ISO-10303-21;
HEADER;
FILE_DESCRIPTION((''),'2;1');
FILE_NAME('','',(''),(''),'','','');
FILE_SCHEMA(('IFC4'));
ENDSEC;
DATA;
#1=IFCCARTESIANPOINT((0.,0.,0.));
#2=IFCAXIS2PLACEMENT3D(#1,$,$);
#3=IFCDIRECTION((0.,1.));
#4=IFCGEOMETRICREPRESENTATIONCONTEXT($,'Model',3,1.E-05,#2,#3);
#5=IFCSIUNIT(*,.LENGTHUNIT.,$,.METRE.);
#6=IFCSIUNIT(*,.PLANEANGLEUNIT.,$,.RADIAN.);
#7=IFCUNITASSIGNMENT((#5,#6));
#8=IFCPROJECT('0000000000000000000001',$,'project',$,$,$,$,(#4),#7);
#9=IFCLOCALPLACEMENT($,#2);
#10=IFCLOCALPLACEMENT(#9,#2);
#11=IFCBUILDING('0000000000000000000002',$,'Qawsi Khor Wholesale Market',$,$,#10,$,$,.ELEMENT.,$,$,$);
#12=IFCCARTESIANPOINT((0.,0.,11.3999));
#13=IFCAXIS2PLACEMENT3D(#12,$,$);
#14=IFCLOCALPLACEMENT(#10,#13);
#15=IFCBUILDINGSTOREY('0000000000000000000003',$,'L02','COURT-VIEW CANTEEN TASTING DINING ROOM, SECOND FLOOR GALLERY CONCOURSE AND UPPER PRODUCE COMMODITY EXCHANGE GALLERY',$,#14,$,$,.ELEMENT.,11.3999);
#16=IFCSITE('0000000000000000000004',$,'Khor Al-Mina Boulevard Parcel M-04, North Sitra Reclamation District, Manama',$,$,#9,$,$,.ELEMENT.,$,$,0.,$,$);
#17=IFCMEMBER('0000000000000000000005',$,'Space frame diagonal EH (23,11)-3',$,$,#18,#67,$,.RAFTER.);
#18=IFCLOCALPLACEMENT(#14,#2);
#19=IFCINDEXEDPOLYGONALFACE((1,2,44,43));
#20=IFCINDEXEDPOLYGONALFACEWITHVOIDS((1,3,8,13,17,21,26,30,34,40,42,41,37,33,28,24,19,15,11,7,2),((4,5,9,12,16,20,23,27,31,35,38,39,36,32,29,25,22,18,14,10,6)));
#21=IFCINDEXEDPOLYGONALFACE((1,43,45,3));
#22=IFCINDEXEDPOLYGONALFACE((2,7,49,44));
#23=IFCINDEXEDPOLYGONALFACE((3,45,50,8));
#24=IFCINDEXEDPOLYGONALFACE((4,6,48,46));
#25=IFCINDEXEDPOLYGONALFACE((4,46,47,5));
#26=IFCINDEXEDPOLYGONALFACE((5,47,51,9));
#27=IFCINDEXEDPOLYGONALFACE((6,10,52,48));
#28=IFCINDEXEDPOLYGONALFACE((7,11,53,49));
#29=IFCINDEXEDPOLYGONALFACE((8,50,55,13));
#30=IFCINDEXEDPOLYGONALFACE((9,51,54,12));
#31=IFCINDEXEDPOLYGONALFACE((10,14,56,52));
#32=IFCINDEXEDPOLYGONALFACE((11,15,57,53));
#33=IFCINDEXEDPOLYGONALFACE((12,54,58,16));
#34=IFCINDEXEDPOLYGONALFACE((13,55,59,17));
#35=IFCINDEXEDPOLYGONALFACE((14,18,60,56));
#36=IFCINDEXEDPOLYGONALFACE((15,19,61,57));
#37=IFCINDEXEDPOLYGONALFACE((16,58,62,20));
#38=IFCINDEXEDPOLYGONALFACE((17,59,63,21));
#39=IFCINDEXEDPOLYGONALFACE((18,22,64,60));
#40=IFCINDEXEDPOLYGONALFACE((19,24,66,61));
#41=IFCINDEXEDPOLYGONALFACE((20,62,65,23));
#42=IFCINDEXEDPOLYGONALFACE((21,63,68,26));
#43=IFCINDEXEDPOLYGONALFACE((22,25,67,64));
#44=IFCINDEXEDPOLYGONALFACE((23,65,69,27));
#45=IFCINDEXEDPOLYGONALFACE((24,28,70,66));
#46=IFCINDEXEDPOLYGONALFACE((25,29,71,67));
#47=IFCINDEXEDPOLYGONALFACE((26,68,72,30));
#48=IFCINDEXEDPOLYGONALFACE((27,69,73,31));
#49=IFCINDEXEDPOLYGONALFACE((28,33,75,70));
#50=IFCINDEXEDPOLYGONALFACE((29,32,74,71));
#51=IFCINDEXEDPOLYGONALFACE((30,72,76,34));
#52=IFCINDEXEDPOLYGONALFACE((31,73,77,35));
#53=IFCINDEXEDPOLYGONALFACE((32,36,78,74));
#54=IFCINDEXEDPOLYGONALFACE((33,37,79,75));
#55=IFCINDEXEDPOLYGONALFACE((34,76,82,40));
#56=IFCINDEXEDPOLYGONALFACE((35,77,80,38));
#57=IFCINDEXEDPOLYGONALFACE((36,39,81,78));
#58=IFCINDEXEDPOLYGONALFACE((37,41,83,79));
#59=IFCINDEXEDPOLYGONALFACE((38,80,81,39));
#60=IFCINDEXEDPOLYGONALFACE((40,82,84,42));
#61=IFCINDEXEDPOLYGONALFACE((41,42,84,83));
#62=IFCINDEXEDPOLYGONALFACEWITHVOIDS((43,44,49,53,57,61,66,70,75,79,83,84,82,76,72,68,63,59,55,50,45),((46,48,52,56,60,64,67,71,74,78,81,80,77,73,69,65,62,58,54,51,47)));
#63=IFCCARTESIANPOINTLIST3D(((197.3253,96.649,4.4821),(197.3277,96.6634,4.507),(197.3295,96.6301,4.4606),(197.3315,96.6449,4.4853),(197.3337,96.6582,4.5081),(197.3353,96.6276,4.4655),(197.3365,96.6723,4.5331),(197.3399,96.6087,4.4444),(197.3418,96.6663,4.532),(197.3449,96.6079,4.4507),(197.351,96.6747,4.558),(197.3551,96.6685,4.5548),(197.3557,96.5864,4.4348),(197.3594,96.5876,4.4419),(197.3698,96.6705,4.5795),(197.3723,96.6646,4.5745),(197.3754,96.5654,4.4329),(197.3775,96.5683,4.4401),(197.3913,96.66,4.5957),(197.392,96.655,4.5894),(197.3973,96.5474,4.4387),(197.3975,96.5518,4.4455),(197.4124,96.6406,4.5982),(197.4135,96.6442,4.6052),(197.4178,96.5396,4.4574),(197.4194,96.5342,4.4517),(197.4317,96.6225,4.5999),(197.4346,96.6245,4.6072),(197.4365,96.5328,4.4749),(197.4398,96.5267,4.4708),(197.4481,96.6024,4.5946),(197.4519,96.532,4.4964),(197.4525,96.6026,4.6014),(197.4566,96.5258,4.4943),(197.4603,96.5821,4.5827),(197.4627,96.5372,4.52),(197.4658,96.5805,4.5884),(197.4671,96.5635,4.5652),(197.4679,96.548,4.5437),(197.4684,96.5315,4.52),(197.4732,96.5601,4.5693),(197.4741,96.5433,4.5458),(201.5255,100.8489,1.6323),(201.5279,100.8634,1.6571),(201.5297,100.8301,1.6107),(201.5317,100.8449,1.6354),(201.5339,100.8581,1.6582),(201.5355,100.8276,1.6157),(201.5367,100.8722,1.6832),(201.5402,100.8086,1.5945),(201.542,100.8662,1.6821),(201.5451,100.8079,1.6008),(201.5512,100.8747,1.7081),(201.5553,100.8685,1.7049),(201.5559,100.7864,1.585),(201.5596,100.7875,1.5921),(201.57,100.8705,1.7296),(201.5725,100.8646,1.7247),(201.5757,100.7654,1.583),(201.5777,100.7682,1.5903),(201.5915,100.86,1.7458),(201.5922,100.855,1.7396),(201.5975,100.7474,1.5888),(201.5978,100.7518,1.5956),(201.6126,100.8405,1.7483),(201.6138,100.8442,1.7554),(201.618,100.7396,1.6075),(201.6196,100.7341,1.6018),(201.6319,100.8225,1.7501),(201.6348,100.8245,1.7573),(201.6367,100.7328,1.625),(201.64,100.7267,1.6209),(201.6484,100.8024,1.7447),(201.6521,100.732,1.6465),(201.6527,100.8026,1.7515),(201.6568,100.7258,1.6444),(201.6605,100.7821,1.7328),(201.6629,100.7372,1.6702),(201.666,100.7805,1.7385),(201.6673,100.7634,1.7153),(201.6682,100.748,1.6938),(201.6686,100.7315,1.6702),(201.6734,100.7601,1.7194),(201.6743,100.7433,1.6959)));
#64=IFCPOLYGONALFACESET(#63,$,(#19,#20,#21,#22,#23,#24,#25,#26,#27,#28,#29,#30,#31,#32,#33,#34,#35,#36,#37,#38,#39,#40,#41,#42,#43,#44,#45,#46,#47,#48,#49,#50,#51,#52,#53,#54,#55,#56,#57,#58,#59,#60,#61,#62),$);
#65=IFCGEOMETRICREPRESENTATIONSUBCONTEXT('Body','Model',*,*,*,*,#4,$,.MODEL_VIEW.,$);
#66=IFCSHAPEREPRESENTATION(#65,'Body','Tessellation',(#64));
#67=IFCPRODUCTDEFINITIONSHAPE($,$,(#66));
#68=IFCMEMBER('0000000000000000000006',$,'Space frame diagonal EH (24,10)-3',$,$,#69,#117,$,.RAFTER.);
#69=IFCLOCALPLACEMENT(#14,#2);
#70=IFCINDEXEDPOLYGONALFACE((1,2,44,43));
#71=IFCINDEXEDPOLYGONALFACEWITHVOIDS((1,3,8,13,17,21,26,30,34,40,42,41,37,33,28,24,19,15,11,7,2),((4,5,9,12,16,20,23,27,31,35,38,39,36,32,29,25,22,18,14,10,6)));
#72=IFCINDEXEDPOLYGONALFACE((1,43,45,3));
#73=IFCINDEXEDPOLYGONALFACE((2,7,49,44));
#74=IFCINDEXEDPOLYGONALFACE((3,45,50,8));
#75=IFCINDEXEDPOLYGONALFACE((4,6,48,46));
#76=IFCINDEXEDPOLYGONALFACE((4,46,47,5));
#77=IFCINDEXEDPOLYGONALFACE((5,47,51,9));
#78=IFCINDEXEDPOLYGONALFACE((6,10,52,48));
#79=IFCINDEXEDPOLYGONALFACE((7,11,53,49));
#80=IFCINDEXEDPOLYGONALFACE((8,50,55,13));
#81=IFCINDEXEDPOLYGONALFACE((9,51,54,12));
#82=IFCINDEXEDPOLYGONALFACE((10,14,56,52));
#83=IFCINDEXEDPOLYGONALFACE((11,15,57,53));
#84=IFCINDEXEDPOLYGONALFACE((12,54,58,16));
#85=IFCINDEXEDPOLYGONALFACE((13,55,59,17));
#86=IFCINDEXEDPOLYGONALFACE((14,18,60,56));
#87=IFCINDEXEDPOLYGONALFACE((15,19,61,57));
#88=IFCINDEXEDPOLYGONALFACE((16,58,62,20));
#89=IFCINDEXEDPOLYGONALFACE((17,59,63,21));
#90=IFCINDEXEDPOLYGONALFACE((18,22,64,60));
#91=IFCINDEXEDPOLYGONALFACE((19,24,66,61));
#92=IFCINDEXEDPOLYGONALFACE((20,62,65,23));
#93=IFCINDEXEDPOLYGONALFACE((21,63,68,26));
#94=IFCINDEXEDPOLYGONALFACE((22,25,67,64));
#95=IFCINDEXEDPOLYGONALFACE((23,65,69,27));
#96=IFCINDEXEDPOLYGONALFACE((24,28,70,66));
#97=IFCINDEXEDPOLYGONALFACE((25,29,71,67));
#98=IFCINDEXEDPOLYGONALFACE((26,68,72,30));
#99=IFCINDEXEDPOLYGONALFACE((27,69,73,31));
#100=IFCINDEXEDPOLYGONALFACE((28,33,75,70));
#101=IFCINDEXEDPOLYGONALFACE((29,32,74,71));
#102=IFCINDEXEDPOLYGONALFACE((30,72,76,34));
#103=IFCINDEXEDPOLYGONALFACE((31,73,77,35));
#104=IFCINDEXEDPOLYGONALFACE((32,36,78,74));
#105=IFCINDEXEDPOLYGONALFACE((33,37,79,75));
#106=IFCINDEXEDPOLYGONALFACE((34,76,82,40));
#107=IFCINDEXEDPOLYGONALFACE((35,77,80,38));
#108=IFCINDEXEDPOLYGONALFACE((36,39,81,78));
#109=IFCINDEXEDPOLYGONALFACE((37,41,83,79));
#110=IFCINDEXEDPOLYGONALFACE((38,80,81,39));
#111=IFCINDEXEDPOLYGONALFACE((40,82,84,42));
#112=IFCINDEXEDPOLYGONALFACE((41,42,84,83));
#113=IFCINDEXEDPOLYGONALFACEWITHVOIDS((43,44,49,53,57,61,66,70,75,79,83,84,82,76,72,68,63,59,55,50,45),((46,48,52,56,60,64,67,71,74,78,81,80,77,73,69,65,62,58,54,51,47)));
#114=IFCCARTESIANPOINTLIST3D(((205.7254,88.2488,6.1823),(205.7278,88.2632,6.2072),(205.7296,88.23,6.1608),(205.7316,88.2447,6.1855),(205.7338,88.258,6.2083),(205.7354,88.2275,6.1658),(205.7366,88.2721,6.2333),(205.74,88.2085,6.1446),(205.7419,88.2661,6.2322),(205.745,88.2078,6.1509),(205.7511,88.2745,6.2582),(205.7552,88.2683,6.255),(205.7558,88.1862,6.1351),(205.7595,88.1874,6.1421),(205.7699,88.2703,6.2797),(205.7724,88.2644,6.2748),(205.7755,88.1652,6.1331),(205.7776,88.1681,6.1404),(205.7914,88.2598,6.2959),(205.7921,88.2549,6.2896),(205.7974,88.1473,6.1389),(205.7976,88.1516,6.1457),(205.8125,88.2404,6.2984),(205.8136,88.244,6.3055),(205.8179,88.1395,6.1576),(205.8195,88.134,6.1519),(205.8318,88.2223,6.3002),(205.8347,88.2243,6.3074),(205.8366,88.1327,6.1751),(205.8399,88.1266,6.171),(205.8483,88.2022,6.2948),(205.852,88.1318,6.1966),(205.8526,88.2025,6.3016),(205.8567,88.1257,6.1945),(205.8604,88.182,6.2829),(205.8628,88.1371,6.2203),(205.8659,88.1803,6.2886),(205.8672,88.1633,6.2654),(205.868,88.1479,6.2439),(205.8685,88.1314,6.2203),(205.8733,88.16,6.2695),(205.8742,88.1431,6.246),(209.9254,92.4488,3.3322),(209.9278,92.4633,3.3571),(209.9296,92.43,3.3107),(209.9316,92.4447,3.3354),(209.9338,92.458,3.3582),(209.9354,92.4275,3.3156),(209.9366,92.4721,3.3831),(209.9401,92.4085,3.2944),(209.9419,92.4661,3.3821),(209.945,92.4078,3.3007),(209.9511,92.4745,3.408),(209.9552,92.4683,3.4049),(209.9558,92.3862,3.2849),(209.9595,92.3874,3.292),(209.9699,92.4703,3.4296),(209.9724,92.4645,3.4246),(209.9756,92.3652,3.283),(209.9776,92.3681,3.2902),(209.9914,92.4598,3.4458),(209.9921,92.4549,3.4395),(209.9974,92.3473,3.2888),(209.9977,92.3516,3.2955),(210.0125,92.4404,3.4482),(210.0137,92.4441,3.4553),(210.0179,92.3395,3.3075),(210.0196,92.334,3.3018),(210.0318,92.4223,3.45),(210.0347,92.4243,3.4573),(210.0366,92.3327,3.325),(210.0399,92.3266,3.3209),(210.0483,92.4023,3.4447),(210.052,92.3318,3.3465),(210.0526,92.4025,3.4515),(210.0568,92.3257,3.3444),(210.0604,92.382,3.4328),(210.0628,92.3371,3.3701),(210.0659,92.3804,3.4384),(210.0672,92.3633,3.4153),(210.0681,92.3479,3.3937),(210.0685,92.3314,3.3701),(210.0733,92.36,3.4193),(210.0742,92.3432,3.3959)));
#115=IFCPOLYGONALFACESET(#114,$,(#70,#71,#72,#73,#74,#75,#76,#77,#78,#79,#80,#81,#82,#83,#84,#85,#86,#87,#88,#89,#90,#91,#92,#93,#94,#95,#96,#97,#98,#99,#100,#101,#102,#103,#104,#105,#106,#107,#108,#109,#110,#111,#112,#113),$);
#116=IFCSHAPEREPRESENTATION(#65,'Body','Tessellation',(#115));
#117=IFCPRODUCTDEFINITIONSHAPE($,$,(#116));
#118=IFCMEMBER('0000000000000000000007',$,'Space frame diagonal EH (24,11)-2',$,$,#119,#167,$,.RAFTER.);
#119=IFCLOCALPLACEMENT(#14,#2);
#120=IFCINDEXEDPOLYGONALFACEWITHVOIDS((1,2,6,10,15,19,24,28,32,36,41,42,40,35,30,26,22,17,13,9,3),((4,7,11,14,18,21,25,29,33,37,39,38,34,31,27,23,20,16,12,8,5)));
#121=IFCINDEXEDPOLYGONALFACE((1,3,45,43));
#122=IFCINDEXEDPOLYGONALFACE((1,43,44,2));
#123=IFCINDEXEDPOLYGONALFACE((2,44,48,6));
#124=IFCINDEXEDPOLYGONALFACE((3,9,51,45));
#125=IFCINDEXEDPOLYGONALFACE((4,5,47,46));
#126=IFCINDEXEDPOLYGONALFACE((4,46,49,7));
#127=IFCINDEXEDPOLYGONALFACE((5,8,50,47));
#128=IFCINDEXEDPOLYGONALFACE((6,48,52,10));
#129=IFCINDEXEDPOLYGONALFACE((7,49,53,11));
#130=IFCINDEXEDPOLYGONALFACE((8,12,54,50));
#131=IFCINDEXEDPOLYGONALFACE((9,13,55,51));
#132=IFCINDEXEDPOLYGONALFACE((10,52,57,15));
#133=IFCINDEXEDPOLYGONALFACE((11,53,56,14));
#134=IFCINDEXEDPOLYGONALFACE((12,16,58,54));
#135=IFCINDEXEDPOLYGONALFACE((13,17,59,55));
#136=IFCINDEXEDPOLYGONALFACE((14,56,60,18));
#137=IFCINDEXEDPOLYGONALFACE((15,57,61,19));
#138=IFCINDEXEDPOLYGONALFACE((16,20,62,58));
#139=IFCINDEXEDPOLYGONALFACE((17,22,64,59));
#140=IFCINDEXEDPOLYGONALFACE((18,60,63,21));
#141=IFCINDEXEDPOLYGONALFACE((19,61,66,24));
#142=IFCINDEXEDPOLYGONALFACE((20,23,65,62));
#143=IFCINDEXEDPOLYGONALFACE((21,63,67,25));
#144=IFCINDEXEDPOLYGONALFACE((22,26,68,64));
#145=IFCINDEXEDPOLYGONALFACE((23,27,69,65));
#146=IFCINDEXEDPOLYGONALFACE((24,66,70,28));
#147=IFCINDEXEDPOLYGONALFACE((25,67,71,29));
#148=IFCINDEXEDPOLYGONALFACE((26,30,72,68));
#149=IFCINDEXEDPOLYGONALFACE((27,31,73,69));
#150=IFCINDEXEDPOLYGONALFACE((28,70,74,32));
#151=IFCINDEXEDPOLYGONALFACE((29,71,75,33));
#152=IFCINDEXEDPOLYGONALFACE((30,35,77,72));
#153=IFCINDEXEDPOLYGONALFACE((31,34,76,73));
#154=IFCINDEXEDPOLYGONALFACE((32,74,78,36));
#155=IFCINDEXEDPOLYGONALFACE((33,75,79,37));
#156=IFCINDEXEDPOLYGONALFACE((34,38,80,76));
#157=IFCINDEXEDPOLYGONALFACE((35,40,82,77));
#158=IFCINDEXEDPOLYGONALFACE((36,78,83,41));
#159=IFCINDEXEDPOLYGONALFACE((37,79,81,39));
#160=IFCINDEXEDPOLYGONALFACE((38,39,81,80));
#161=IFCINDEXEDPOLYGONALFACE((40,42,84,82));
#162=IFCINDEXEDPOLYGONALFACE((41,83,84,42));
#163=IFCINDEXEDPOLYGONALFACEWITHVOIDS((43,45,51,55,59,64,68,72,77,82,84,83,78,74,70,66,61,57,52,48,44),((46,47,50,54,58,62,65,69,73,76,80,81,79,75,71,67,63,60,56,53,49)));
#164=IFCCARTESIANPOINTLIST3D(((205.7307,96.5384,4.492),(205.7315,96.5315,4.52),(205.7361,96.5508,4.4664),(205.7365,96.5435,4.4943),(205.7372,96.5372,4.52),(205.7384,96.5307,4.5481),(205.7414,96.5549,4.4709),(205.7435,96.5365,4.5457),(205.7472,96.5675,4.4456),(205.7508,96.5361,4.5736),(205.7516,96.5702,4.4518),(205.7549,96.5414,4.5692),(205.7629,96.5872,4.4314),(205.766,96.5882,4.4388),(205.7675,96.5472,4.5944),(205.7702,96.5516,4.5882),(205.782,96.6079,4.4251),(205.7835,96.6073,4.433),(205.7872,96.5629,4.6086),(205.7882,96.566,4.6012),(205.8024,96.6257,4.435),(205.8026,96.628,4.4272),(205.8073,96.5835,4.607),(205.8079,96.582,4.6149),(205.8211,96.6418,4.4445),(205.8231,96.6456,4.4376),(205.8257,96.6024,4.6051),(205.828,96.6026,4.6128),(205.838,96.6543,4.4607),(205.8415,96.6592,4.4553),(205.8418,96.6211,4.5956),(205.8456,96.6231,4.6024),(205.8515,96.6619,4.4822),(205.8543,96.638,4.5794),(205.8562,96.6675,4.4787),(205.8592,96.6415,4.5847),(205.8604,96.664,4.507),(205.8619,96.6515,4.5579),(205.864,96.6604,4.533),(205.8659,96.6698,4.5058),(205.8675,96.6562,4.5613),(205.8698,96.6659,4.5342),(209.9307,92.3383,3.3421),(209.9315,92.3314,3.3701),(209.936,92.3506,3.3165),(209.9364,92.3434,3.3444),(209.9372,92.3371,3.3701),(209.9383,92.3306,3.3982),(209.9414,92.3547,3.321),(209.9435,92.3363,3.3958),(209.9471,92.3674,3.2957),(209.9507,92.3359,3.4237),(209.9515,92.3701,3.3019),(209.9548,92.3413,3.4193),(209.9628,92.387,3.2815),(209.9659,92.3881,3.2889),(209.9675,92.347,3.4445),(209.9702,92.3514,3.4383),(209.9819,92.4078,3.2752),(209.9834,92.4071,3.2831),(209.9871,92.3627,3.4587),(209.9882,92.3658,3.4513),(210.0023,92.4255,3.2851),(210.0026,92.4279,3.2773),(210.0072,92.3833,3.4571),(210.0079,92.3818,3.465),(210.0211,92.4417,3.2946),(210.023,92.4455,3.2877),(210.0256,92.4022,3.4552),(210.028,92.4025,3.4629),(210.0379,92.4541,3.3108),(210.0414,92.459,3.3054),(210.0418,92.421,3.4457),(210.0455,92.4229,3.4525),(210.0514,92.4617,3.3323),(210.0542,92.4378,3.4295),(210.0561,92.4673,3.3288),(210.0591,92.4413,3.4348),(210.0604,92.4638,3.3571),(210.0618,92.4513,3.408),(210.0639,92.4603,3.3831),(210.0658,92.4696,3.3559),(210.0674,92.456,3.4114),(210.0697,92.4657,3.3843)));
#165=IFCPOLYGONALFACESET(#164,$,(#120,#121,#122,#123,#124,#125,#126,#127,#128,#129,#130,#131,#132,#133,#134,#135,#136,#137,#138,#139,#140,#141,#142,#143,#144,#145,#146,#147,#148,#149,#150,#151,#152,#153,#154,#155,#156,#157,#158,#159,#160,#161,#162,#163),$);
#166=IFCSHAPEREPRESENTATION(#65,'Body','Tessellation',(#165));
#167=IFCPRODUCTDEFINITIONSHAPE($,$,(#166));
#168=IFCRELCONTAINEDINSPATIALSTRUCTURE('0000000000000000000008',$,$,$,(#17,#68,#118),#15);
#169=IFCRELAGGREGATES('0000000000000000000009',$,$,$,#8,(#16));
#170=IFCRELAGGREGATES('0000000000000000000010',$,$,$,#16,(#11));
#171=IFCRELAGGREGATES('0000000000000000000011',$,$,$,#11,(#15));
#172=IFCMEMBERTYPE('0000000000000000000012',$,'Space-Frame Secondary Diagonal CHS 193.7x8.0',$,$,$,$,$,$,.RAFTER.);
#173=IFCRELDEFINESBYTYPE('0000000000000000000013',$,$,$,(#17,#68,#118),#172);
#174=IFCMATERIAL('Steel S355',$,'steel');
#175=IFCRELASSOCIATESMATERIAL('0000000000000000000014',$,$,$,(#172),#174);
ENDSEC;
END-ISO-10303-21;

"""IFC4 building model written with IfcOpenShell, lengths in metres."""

from ifc_helpers import new_model, si_unit, direction, frame, origin, origin_2d, place, context, subcontext, project, spatial, hollow_circle, extrude, material, material_profile, profile_set, type_object, element, save


model = new_model("IFC4")

# Units and contexts
model_context = context("Model", 3, precision=1e-05, world=origin(), true_north=direction((0.0, 1.0)))
body_context = subcontext(model_context, "Body", "Model", "MODEL_VIEW")
ifc_project = project(units=[si_unit("LENGTHUNIT", "METRE"), si_unit("PLANEANGLEUNIT", "RADIAN")], contexts=[model_context])

# Site, building, storey
site_placement = place(None, origin())
site = spatial("IfcSite", under=ifc_project, at=site_placement, Name="Khor Al-Mina Boulevard Parcel M-04, North Sitra Reclamation District, Manama", CompositionType="ELEMENT", RefElevation=0.0)
building_placement = place(site_placement, origin())
building = spatial("IfcBuilding", under=site, at=building_placement, Name="Qawsi Khor Wholesale Market", CompositionType="ELEMENT")
storey_placement = place(building_placement, frame((0.0, 0.0, 11.3999)))
storey = spatial("IfcBuildingStorey", under=building, at=storey_placement, Name="L02", Description="COURT-VIEW CANTEEN TASTING DINING ROOM, SECOND FLOOR GALLERY CONCOURSE AND UPPER PRODUCE COMMODITY EXCHANGE GALLERY", CompositionType="ELEMENT", Elevation=11.3999)

# Members
ifc_material_1 = material(Name="Steel S355", Category="steel")
ifc_material_profile_1 = material_profile(ifc_material_1, hollow_circle(Radius=0.0969, WallThickness=0.0081, at=origin_2d()), Name="CHS 193.7x8.0")
ifc_profile_set_1 = profile_set([ifc_material_profile_1], Name="Steel S355")
member_type_1 = type_object("IfcMemberType", Name="Space-Frame Secondary Diagonal CHS 193.7x8.0", PredefinedType="RAFTER", material=ifc_profile_set_1)
for number, where, z_axis, x_axis, name in (
    (1, (201.6001, 100.8, 1.6702), (-0.637544, -0.637507, 0.432577), (0.707086, -0.707127, 0.0), "Space frame diagonal EH (23,11)-3"),
    (2, (210.0, 92.3999, 3.3701), (-0.637512, -0.637512, 0.432617), (0.707107, -0.707107, 0.0), "Space frame diagonal EH (24,10)-3"),
):
    element("IfcMember", number, at=place(storey_placement, frame(where, z_axis=z_axis, x_axis=x_axis)), inside=storey, type_object=member_type_1, Name=name, PredefinedType="RAFTER", context=body_context, shape_type="SweptSolid", body=[
        extrude(hollow_circle(Radius=0.0969, WallThickness=0.0081, at=origin_2d()), origin(), (0.0, 0.0, 1.0), 6.5881),
    ])
member_1_placement = place(storey_placement, frame((210.0, 92.3999, 3.3701), z_axis=(-0.694197, 0.694238, 0.190064), x_axis=(-0.707127, -0.707086, 0.0)))
element("IfcMember", 3, at=member_1_placement, inside=storey, type_object=member_type_1, Name="Space frame diagonal EH (24,11)-2", PredefinedType="RAFTER", context=body_context, shape_type="SweptSolid", body=[
    extrude(hollow_circle(Radius=0.0969, WallThickness=0.0081, at=origin_2d()), origin(), (0.0, 0.0, 1.0), 6.05),
])

save(model, "model.ifc")
